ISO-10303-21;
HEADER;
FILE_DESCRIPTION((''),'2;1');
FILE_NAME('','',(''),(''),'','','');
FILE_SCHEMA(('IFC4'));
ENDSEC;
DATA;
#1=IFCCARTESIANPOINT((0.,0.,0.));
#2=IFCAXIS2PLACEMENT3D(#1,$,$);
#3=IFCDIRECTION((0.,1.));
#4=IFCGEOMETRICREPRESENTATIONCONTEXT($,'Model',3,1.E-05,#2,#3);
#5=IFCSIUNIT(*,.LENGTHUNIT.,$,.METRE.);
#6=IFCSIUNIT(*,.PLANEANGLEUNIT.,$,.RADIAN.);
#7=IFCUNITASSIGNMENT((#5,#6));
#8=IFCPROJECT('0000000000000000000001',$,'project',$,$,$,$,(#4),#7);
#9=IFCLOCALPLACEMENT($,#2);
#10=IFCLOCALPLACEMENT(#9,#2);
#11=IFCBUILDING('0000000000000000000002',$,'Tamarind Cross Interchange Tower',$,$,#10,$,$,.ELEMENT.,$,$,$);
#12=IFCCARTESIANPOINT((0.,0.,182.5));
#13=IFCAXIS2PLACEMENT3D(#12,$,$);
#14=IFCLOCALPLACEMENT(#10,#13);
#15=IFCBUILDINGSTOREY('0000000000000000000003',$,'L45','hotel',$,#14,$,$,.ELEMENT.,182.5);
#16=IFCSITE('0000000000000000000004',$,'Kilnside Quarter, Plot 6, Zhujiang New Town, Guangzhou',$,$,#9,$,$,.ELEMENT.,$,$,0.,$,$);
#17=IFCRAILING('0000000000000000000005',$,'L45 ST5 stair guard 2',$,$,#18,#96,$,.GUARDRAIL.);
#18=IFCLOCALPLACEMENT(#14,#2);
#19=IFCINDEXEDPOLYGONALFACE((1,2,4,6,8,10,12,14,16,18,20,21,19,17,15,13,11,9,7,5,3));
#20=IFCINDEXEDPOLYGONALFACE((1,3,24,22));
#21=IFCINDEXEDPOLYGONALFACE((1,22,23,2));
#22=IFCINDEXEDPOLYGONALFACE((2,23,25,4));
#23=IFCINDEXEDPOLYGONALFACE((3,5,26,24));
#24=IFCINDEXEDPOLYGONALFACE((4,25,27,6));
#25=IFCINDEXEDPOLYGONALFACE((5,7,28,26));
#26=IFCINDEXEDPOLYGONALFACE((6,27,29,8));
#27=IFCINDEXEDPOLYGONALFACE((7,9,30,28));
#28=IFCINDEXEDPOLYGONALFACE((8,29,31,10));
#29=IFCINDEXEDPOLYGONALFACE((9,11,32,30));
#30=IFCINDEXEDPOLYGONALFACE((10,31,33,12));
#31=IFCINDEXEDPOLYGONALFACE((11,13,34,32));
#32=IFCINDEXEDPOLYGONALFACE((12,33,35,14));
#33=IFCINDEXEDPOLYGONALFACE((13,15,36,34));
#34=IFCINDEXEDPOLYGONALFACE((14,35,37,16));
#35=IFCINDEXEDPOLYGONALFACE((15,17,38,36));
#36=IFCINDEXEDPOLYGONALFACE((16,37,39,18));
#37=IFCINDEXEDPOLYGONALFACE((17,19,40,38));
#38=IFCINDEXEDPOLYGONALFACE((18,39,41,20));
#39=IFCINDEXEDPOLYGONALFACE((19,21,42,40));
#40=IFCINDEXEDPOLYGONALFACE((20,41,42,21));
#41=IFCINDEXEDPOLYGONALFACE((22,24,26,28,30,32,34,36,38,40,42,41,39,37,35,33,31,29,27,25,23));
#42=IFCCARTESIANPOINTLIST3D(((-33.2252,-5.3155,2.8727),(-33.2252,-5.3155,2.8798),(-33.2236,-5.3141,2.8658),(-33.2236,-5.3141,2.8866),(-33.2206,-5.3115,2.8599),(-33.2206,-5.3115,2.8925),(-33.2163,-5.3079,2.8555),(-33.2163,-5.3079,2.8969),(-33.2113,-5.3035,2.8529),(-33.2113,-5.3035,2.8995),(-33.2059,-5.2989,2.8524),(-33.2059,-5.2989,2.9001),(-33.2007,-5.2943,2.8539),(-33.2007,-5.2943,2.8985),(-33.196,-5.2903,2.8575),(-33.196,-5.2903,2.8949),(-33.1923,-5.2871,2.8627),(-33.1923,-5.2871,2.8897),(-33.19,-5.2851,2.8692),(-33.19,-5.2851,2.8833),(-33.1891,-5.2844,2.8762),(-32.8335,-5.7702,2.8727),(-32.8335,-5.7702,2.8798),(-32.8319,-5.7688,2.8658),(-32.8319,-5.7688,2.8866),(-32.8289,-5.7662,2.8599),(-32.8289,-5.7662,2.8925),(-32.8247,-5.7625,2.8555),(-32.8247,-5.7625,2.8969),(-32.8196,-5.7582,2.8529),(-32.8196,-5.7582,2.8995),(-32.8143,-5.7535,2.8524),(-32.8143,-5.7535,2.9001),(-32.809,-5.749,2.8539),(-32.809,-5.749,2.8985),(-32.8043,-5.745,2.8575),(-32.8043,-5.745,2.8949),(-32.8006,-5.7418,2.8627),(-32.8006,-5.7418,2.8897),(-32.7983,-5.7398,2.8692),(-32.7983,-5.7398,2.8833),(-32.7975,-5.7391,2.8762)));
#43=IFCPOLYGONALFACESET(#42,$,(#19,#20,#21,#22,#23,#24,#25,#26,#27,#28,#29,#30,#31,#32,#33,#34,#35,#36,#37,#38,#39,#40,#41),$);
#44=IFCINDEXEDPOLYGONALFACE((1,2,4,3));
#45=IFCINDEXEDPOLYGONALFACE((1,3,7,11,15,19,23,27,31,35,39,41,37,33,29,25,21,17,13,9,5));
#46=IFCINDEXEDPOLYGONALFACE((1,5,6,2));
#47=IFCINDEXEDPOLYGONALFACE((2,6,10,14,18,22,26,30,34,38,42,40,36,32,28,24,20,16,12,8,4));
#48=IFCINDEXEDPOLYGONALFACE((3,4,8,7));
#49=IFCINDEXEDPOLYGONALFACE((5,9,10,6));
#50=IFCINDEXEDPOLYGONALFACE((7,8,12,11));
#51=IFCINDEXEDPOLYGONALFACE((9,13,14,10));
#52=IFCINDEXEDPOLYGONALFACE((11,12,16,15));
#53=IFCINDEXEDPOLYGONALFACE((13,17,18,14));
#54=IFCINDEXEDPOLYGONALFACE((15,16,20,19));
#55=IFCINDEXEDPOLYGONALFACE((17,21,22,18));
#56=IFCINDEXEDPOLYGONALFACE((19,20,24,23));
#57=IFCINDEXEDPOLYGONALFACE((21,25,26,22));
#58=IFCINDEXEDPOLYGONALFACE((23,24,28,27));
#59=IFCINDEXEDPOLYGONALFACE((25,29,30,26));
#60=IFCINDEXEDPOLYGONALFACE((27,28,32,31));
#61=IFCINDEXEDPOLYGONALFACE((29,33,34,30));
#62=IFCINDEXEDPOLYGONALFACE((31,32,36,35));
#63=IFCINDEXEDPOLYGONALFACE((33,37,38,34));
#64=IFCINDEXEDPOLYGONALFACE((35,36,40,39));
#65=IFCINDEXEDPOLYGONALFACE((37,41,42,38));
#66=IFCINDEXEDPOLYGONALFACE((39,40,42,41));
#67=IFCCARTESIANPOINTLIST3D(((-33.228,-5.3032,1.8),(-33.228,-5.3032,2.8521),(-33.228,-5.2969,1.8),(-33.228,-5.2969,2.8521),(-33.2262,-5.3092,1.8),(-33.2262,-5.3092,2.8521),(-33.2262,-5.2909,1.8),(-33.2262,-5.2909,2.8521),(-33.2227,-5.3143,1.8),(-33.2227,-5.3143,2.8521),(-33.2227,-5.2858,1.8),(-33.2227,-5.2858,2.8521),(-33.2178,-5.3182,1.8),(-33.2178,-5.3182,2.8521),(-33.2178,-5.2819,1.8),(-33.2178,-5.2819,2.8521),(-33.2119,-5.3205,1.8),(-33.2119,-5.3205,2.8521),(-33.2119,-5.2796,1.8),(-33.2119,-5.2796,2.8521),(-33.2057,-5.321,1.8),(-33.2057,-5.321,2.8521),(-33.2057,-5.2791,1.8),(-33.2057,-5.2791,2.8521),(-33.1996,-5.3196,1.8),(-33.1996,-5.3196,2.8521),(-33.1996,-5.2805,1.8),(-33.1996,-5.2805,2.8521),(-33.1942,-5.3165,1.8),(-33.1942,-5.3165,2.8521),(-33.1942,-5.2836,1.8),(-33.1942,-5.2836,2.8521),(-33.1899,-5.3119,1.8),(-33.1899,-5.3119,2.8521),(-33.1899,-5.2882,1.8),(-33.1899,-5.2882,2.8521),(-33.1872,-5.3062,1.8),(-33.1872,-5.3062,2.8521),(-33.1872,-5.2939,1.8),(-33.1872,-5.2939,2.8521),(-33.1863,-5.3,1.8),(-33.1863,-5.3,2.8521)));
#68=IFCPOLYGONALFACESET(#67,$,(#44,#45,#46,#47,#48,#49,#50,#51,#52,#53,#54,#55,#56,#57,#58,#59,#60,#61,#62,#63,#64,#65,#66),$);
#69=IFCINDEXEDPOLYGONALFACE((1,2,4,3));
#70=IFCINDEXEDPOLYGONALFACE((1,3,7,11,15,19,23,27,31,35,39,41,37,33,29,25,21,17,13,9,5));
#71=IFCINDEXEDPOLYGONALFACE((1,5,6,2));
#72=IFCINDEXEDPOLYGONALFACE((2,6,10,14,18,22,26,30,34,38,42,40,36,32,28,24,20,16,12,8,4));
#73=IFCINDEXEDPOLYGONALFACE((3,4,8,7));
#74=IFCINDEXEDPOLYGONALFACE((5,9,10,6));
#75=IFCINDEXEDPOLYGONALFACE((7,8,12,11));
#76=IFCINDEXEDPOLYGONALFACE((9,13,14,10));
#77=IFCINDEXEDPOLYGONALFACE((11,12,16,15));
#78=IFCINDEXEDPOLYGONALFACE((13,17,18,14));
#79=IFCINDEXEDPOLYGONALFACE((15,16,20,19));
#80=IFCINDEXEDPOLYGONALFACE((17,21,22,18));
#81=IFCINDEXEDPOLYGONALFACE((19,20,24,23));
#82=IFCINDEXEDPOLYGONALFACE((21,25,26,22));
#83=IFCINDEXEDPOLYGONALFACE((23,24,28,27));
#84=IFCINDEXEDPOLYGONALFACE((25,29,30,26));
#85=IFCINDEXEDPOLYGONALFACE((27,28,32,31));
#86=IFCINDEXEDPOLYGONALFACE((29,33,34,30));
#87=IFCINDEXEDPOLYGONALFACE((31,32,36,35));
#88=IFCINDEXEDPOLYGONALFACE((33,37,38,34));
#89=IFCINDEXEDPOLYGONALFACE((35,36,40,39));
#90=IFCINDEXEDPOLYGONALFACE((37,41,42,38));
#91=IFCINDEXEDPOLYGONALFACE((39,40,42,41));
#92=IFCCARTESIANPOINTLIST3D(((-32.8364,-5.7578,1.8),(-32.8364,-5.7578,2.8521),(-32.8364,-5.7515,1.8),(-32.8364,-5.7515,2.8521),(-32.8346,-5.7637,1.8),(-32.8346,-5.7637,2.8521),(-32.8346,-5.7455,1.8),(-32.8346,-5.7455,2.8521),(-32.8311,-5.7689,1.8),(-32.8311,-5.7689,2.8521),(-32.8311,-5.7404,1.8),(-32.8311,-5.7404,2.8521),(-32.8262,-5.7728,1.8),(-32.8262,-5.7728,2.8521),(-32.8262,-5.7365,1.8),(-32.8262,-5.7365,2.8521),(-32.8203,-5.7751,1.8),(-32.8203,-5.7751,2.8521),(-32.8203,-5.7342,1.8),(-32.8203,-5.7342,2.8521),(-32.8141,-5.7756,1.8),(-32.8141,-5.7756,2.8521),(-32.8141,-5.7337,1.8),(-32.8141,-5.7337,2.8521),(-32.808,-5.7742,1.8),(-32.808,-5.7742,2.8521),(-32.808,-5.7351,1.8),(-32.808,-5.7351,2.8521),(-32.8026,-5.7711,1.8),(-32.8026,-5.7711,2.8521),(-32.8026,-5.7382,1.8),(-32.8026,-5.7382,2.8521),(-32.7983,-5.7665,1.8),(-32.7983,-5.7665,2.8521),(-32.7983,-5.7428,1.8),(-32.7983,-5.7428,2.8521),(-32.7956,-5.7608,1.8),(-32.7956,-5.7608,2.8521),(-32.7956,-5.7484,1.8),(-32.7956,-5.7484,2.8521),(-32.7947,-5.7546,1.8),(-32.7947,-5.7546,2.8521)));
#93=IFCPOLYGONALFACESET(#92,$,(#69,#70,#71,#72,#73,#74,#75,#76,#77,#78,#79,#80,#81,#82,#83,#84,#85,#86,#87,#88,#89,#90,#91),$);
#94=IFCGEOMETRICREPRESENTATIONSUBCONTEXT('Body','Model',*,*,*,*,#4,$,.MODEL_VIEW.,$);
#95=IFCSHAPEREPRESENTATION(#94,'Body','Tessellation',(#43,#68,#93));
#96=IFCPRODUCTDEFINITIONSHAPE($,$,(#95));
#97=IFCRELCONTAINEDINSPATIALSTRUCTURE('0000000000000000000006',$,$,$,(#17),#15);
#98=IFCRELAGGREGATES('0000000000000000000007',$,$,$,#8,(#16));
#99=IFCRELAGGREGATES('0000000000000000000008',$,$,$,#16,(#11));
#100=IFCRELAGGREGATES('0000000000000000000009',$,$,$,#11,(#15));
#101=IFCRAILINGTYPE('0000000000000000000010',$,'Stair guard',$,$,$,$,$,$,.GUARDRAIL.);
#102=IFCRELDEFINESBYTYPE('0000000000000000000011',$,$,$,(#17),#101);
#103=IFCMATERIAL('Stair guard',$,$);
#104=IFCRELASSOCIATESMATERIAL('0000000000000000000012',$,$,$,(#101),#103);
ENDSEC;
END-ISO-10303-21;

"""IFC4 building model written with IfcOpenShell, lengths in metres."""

from ifc_helpers import new_model, si_unit, direction, frame, origin, origin_2d, place, context, subcontext, project, spatial, circle, extrude, material, type_object, element, save


model = new_model("IFC4")

# Units and contexts
model_context = context("Model", 3, precision=1e-05, world=origin(), true_north=direction((0.0, 1.0)))
body_context = subcontext(model_context, "Body", "Model", "MODEL_VIEW")
ifc_project = project(units=[si_unit("LENGTHUNIT", "METRE"), si_unit("PLANEANGLEUNIT", "RADIAN")], contexts=[model_context])

# Site, building, storey
site_placement = place(None, origin())
site = spatial("IfcSite", under=ifc_project, at=site_placement, Name="Kilnside Quarter, Plot 6, Zhujiang New Town, Guangzhou", CompositionType="ELEMENT", RefElevation=0.0)
building_placement = place(site_placement, origin())
building = spatial("IfcBuilding", under=site, at=building_placement, Name="Tamarind Cross Interchange Tower", CompositionType="ELEMENT")
storey_placement = place(building_placement, frame((0.0, 0.0, 182.5)))
storey = spatial("IfcBuildingStorey", under=building, at=storey_placement, Name="L45", Description="hotel", CompositionType="ELEMENT", Elevation=182.5)

# Railing
ifc_material_1 = material(Name="Stair guard")
railing_type = type_object("IfcRailingType", Name="Stair guard", PredefinedType="GUARDRAIL", material=ifc_material_1)
railing_1_placement = place(storey_placement, frame((-33.2073, -5.3, 1.8)))
element("IfcRailing", 1, at=railing_1_placement, inside=storey, type_object=railing_type, Name="L45 ST5 stair guard 2", PredefinedType="GUARDRAIL", context=body_context, shape_type="SweptSolid", body=[
    extrude(circle(Radius=0.0239, at=origin_2d()), frame((0.0, 0.0, 1.0762), z_axis=(0.652666, -0.757646, 0.0), x_axis=(0.757646, 0.652666, 0.0)), (0.0, 0.0, 1.0), 0.6001),
    extrude(circle(Radius=0.021, at=origin_2d()), origin(), (0.0, 0.0, 1.0), 1.052),
    extrude(circle(Radius=0.021, at=origin_2d()), frame((0.3916, -0.4546, 0.0)), (0.0, 0.0, 1.0), 1.052),
])

save(model, "model.ifc")
